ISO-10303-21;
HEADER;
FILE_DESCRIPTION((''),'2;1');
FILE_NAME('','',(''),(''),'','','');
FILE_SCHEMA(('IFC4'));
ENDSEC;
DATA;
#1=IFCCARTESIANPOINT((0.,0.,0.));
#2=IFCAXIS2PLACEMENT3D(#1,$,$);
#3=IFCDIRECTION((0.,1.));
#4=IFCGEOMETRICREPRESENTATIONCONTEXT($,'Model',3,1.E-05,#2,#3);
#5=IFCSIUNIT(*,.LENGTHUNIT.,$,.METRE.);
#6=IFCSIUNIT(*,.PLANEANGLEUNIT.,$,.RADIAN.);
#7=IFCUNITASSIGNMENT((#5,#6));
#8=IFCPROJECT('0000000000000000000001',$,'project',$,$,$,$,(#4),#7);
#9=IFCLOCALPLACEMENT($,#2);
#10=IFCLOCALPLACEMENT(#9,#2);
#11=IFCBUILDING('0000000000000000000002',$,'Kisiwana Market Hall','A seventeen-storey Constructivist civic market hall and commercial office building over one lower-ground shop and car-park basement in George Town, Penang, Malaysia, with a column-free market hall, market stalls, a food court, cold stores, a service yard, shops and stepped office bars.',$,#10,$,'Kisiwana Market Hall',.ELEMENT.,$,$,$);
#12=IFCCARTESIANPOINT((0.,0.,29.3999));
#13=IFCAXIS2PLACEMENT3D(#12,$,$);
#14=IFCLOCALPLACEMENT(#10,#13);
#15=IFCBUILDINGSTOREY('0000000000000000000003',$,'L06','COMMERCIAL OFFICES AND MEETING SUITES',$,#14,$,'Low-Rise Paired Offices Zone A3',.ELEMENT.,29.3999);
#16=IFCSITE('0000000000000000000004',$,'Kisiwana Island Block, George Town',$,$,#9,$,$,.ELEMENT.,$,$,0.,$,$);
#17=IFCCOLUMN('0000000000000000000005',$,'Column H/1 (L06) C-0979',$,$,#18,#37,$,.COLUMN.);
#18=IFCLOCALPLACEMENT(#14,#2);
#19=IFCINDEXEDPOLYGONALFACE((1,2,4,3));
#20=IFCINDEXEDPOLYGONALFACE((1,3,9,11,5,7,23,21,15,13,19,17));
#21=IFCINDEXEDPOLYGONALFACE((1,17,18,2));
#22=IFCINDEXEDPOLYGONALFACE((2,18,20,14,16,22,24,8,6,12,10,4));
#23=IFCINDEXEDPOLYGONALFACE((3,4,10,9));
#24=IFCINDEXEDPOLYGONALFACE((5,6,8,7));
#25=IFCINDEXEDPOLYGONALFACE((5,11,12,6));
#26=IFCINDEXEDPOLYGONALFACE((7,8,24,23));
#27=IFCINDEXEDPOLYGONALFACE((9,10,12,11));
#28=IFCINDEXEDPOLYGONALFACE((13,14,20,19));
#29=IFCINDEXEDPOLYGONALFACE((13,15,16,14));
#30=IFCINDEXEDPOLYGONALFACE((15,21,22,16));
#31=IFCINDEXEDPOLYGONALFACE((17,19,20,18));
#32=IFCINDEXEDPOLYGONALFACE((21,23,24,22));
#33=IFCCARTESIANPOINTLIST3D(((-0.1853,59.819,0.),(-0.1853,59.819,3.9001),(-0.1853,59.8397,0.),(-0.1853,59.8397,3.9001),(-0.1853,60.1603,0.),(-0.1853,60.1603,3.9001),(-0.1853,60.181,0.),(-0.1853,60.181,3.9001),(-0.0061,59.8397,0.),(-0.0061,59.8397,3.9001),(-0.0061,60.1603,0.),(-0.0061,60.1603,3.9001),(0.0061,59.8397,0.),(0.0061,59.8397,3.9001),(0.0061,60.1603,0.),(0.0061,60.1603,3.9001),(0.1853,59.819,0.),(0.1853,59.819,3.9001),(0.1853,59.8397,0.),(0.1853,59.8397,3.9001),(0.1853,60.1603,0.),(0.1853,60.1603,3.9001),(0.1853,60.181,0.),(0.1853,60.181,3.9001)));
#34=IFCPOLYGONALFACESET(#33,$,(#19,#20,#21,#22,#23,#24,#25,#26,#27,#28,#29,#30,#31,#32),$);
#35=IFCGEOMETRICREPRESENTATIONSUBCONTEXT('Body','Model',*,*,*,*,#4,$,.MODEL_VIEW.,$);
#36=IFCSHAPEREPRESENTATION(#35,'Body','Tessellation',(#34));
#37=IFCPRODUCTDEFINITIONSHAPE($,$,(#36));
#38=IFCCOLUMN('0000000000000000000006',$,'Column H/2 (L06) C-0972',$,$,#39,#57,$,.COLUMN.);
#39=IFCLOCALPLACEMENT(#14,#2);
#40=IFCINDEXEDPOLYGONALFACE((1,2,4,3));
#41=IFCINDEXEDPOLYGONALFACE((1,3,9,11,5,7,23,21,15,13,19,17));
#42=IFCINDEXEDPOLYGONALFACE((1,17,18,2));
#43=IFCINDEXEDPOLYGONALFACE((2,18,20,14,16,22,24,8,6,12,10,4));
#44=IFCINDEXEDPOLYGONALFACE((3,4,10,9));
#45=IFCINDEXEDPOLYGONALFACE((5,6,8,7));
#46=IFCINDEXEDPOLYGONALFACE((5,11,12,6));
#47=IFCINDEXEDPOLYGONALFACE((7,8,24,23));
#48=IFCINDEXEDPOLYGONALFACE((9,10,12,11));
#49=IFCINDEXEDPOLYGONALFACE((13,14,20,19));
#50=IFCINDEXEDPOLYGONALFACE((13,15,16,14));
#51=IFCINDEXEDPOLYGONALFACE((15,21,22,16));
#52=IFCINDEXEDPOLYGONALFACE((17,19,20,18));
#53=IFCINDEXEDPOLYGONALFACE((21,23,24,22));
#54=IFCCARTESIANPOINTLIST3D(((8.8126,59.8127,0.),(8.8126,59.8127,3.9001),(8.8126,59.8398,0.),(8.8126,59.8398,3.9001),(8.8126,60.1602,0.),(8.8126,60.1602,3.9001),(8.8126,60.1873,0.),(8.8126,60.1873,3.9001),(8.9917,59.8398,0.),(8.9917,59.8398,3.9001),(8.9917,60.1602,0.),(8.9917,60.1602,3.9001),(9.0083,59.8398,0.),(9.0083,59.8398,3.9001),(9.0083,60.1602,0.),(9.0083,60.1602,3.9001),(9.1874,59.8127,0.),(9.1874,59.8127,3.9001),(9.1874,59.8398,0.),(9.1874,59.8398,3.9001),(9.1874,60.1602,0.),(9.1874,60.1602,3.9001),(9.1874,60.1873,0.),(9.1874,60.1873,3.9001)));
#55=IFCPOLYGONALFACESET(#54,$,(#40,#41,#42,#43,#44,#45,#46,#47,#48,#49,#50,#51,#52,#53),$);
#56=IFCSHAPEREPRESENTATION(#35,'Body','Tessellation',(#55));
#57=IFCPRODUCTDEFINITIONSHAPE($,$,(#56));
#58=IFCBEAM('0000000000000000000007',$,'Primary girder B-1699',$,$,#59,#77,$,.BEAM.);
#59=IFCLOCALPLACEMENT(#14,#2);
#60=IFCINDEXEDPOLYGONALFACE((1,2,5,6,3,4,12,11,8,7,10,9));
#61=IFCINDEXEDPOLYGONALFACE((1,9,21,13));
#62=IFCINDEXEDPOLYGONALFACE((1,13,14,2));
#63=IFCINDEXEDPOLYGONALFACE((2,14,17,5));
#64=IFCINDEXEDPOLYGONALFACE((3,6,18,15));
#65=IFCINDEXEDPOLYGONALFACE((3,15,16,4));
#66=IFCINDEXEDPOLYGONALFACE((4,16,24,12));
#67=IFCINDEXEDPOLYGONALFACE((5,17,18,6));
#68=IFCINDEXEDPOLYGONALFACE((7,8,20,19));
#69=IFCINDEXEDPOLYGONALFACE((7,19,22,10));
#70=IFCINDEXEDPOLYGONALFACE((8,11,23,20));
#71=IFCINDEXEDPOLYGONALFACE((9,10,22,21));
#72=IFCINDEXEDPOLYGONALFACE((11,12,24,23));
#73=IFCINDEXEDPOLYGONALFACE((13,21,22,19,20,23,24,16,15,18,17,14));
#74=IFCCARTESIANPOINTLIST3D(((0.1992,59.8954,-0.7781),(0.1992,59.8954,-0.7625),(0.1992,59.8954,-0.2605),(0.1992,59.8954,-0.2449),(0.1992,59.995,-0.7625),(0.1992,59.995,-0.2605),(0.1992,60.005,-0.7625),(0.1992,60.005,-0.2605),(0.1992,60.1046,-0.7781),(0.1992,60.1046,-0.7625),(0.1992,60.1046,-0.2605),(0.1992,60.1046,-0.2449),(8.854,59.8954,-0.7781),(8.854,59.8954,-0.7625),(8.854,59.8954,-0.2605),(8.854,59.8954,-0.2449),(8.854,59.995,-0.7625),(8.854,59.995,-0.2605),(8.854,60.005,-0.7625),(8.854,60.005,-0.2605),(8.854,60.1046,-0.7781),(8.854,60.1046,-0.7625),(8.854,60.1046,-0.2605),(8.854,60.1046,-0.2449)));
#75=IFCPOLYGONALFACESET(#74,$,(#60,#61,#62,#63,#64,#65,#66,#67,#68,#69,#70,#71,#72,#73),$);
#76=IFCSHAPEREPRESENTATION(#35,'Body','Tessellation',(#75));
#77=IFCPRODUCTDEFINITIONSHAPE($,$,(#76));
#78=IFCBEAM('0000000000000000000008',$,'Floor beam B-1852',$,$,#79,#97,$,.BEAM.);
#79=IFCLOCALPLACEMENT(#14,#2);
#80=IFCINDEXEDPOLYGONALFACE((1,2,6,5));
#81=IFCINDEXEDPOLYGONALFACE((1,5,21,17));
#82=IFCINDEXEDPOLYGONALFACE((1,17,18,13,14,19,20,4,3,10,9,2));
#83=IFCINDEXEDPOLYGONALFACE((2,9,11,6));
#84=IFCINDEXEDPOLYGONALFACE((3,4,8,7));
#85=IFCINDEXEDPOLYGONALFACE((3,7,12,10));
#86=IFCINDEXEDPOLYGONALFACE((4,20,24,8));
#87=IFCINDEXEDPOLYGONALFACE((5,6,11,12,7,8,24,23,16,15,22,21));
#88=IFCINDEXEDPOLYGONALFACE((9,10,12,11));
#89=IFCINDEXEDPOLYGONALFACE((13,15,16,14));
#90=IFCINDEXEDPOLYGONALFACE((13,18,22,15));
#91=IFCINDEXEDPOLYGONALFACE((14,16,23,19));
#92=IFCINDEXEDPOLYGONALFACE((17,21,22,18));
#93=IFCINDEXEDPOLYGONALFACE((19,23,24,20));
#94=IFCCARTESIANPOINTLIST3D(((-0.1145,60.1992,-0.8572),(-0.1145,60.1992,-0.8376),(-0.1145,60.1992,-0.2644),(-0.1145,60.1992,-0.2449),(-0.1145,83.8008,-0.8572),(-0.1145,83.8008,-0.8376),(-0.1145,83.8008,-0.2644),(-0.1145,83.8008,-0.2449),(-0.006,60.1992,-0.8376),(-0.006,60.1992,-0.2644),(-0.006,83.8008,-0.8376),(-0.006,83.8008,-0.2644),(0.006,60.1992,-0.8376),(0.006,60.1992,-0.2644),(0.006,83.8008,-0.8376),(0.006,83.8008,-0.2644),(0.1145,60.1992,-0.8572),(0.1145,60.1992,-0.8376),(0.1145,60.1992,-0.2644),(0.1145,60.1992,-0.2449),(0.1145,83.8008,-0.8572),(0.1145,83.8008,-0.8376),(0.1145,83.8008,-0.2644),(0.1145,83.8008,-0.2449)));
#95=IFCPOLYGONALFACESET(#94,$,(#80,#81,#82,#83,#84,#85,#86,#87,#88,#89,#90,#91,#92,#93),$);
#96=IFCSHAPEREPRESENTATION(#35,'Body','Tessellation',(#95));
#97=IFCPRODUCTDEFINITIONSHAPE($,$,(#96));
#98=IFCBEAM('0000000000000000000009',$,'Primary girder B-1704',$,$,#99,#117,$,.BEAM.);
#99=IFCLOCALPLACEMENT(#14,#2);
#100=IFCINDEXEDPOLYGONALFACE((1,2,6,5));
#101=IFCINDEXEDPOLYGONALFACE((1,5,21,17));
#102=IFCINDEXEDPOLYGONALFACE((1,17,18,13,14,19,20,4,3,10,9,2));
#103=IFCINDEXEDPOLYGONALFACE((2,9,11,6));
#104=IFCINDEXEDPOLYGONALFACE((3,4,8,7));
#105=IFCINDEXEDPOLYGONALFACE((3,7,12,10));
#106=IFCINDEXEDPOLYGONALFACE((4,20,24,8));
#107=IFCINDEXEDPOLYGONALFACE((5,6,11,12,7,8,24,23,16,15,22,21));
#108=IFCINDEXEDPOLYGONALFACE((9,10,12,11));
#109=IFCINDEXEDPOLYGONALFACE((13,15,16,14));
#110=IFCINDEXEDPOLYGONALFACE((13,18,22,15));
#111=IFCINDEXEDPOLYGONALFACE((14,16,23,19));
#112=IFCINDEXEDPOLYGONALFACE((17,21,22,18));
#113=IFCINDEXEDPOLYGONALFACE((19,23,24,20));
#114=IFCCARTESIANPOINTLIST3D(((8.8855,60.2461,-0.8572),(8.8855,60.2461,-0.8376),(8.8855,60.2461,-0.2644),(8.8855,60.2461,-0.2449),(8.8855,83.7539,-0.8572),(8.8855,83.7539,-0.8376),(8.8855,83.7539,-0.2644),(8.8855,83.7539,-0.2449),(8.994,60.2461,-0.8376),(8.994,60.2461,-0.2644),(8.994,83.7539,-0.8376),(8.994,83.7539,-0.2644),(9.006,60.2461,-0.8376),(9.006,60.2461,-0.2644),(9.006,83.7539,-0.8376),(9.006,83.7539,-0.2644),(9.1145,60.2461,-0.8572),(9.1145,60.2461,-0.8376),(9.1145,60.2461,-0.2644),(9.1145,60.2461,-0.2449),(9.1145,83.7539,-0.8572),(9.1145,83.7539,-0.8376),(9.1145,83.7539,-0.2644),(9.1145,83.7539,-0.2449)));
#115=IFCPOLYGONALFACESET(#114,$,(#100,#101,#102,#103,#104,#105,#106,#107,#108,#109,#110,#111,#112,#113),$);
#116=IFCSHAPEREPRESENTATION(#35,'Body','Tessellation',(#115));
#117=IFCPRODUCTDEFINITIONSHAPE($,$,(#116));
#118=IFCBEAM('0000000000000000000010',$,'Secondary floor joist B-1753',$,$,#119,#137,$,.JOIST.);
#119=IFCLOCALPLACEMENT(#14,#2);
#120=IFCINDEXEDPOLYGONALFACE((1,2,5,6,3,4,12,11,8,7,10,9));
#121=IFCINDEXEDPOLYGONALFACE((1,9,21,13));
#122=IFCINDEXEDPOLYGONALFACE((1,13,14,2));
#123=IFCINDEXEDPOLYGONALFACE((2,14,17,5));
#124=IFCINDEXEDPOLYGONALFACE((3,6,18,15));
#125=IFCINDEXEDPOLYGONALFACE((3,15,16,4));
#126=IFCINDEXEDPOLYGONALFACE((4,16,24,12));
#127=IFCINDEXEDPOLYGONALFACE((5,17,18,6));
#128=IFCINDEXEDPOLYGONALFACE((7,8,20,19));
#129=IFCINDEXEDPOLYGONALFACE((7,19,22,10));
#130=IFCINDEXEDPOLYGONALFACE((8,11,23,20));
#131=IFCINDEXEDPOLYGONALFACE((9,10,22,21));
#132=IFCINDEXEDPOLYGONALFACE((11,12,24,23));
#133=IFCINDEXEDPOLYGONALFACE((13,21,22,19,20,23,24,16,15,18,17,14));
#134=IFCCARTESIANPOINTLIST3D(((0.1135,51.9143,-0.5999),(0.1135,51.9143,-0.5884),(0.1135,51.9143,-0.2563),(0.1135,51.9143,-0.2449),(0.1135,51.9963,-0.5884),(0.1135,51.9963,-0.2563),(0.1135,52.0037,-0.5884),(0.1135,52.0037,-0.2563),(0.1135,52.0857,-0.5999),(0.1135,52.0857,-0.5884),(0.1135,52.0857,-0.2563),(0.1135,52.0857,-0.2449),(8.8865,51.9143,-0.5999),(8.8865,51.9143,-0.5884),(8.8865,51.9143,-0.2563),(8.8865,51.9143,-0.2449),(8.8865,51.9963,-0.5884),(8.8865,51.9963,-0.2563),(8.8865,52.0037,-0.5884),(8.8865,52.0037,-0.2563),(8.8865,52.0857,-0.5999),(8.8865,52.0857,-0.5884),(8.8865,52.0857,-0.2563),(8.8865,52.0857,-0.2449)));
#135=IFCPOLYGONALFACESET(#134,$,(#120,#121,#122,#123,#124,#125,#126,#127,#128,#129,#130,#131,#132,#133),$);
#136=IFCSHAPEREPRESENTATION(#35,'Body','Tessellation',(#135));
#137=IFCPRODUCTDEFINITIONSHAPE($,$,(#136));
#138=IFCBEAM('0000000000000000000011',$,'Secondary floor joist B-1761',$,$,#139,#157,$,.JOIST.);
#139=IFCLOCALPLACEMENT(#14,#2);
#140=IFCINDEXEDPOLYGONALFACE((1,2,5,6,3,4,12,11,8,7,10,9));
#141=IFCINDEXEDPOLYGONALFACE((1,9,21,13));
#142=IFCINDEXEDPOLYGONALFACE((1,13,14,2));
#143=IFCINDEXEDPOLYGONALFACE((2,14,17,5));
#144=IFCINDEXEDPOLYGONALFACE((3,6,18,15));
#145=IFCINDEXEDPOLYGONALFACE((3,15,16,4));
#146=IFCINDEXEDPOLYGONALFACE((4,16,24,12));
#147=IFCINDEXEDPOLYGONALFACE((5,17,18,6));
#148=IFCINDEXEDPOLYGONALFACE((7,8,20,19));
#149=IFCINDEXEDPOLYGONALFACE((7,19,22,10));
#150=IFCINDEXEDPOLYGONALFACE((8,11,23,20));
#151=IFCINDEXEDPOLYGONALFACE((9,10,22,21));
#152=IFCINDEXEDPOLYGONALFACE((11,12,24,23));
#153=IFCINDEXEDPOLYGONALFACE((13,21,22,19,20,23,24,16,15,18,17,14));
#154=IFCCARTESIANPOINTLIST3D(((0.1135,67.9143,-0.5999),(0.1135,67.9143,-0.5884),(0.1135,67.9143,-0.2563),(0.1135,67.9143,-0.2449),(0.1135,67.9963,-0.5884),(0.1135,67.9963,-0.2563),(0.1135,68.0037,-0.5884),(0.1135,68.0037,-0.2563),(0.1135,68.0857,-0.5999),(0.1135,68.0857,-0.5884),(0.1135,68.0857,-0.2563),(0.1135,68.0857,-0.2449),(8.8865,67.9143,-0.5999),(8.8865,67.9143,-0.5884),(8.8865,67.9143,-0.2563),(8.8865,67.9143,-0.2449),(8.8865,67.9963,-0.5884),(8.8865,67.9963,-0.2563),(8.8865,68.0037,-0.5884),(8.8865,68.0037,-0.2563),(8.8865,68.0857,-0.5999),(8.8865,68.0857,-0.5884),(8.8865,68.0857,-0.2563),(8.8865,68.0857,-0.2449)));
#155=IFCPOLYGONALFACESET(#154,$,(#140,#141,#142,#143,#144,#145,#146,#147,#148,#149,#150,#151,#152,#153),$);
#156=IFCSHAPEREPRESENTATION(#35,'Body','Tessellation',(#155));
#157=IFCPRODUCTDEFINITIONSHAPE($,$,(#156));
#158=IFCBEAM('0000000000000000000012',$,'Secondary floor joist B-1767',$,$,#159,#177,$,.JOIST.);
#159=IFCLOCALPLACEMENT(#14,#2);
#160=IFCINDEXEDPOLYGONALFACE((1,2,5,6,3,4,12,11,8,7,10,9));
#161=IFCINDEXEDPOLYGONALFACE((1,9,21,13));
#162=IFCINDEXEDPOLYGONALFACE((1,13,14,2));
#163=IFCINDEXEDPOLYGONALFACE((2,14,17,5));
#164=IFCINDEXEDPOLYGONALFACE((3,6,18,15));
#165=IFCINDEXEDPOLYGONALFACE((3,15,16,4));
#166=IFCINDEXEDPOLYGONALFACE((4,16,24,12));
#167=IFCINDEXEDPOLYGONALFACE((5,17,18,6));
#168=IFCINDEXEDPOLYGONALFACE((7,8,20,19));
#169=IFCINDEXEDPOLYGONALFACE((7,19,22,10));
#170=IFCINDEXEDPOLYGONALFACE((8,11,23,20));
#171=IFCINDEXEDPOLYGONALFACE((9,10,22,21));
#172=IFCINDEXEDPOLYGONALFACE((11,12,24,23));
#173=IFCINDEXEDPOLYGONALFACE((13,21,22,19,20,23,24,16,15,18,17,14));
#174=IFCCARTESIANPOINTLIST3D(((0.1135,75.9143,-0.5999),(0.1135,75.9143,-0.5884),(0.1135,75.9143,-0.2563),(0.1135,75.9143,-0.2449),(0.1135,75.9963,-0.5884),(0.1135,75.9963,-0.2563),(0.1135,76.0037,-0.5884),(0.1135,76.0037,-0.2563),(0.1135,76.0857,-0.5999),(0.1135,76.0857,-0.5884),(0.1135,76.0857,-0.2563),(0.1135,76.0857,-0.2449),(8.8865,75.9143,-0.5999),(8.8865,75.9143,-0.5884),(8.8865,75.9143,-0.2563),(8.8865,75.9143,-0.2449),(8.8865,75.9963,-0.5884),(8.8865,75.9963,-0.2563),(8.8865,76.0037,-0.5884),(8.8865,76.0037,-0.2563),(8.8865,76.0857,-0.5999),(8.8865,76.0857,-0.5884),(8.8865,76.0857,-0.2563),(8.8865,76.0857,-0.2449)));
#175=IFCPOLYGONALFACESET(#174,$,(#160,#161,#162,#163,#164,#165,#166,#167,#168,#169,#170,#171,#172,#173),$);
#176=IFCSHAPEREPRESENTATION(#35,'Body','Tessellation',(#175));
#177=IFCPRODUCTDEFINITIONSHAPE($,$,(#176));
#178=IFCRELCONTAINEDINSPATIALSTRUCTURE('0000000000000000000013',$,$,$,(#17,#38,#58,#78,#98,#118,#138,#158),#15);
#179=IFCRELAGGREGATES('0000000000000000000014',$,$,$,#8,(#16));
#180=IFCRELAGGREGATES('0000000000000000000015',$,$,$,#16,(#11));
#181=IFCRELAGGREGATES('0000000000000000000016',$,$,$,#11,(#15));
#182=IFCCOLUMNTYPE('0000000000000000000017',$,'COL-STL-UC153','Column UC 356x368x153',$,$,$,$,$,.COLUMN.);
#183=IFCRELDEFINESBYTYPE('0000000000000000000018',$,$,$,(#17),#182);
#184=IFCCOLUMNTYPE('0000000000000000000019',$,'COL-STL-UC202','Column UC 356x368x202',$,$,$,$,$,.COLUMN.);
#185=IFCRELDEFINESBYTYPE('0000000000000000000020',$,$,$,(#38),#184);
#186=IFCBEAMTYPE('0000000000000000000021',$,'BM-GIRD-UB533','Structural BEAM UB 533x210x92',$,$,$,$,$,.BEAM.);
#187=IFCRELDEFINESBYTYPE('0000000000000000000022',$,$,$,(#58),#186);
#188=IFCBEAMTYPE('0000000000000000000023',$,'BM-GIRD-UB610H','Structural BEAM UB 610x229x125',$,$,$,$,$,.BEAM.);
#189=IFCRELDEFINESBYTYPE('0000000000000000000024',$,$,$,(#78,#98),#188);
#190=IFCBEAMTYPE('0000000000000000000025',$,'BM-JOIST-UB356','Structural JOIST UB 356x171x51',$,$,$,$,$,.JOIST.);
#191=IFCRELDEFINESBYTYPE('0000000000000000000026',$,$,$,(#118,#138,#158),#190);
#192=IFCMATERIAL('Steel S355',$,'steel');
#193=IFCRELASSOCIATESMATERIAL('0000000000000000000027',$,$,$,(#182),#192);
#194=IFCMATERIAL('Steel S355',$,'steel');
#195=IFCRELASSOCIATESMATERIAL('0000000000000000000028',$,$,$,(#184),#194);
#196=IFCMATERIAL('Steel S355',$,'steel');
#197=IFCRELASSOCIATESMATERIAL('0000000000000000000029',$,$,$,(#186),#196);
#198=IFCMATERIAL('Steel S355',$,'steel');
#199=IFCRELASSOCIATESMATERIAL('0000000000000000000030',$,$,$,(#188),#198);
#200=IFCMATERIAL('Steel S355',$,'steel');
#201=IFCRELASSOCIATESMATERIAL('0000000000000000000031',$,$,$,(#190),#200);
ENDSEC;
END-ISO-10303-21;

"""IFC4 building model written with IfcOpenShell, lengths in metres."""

from ifc_helpers import new_model, si_unit, direction, frame, origin, origin_2d, place, context, subcontext, project, spatial, i_section, extrude, material, material_profile, profile_set, type_object, element, save


model = new_model("IFC4")

# Units and contexts
model_context = context("Model", 3, precision=1e-05, world=origin(), true_north=direction((0.0, 1.0)))
body_context = subcontext(model_context, "Body", "Model", "MODEL_VIEW")
ifc_project = project(units=[si_unit("LENGTHUNIT", "METRE"), si_unit("PLANEANGLEUNIT", "RADIAN")], contexts=[model_context])

# Site, building, storey
site_placement = place(None, origin())
site = spatial("IfcSite", under=ifc_project, at=site_placement, Name="Kisiwana Island Block, George Town", CompositionType="ELEMENT", RefElevation=0.0)
building_placement = place(site_placement, origin())
building = spatial("IfcBuilding", under=site, at=building_placement, Name="Kisiwana Market Hall", Description="A seventeen-storey Constructivist civic market hall and commercial office building over one lower-ground shop and car-park basement in George Town, Penang, Malaysia, with a column-free market hall, market stalls, a food court, cold stores, a service yard, shops and stepped office bars.", LongName="Kisiwana Market Hall", CompositionType="ELEMENT")
storey_placement = place(building_placement, frame((0.0, 0.0, 29.3999)))
storey = spatial("IfcBuildingStorey", under=building, at=storey_placement, Name="L06", Description="COMMERCIAL OFFICES AND MEETING SUITES", LongName="Low-Rise Paired Offices Zone A3", CompositionType="ELEMENT", Elevation=29.3999)

# Columns
ifc_material_1 = material(Name="Steel S355", Category="steel")
ifc_material_profile_1 = material_profile(ifc_material_1, i_section(OverallWidth=0.3706, OverallDepth=0.3621, WebThickness=0.0122, FlangeThickness=0.0208, at=origin_2d()), Name="UC 356x368x153")
ifc_profile_set_1 = profile_set([ifc_material_profile_1], Name="Steel S355")
column_type_1 = type_object("IfcColumnType", Name="COL-STL-UC153", Description="Column UC 356x368x153", PredefinedType="COLUMN", material=ifc_profile_set_1)
column_1_placement = place(storey_placement, frame((0.0, 60.0, 0.0), z_axis=(0.0, 0.0, 1.0), x_axis=(1.0, 0.0, 0.0)))
element("IfcColumn", 1, at=column_1_placement, inside=storey, type_object=column_type_1, Name="Column H/1 (L06) C-0979", PredefinedType="COLUMN", context=body_context, shape_type="SweptSolid", body=[
    extrude(i_section(OverallWidth=0.3706, OverallDepth=0.3621, WebThickness=0.0122, FlangeThickness=0.0208, at=origin_2d()), origin(), (0.0, 0.0, 1.0), 3.9001),
])
ifc_material_2 = material(Name="Steel S355", Category="steel")
ifc_material_profile_2 = material_profile(ifc_material_2, i_section(OverallWidth=0.3748, OverallDepth=0.3745, WebThickness=0.0166, FlangeThickness=0.0271, at=origin_2d()), Name="UC 356x368x202")
ifc_profile_set_2 = profile_set([ifc_material_profile_2], Name="Steel S355")
column_type_2 = type_object("IfcColumnType", Name="COL-STL-UC202", Description="Column UC 356x368x202", PredefinedType="COLUMN", material=ifc_profile_set_2)
column_2_placement = place(storey_placement, frame((9.0, 60.0, 0.0), z_axis=(0.0, 0.0, 1.0), x_axis=(1.0, 0.0, 0.0)))
element("IfcColumn", 2, at=column_2_placement, inside=storey, type_object=column_type_2, Name="Column H/2 (L06) C-0972", PredefinedType="COLUMN", context=body_context, shape_type="SweptSolid", body=[
    extrude(i_section(OverallWidth=0.3748, OverallDepth=0.3745, WebThickness=0.0166, FlangeThickness=0.0271, at=origin_2d()), origin(), (0.0, 0.0, 1.0), 3.9001),
])

# Beams
ifc_material_3 = material(Name="Steel S355", Category="steel")
ifc_material_profile_3 = material_profile(ifc_material_3, i_section(OverallWidth=0.2092, OverallDepth=0.5332, WebThickness=0.01, FlangeThickness=0.0156, at=origin_2d()), Name="UB 533x210x92")
ifc_profile_set_3 = profile_set([ifc_material_profile_3], Name="Steel S355")
beam_type_1 = type_object("IfcBeamType", Name="BM-GIRD-UB533", Description="Structural BEAM UB 533x210x92", PredefinedType="BEAM", material=ifc_profile_set_3)
beam_1_placement = place(storey_placement, frame((0.1992, 60.0, -0.5115), z_axis=(1.0, 0.0, 0.0), x_axis=(0.0, 1.0, 0.0)))
element("IfcBeam", 3, at=beam_1_placement, inside=storey, type_object=beam_type_1, Name="Primary girder B-1699", PredefinedType="BEAM", context=body_context, shape_type="SweptSolid", body=[
    extrude(i_section(OverallWidth=0.2092, OverallDepth=0.5332, WebThickness=0.01, FlangeThickness=0.0156, at=origin_2d()), origin(), (0.0, 0.0, 1.0), 8.6548),
])
ifc_material_4 = material(Name="Steel S355", Category="steel")
ifc_material_profile_4 = material_profile(ifc_material_4, i_section(OverallWidth=0.229, OverallDepth=0.6123, WebThickness=0.012, FlangeThickness=0.0195, at=origin_2d()), Name="UB 610x229x125")
ifc_profile_set_4 = profile_set([ifc_material_profile_4], Name="Steel S355")
beam_type_2 = type_object("IfcBeamType", Name="BM-GIRD-UB610H", Description="Structural BEAM UB 610x229x125", PredefinedType="BEAM", material=ifc_profile_set_4)
beam_2_placement = place(storey_placement, frame((0.0, 60.1992, -0.551), z_axis=(0.0, 1.0, 0.0), x_axis=(-1.0, 0.0, 0.0)))
element("IfcBeam", 4, at=beam_2_placement, inside=storey, type_object=beam_type_2, Name="Floor beam B-1852", PredefinedType="BEAM", context=body_context, shape_type="SweptSolid", body=[
    extrude(i_section(OverallWidth=0.229, OverallDepth=0.6123, WebThickness=0.012, FlangeThickness=0.0195, at=origin_2d()), origin(), (0.0, 0.0, 1.0), 23.6016),
])
beam_3_placement = place(storey_placement, frame((9.0, 60.2461, -0.551), z_axis=(0.0, 1.0, 0.0), x_axis=(-1.0, 0.0, 0.0)))
element("IfcBeam", 5, at=beam_3_placement, inside=storey, type_object=beam_type_2, Name="Primary girder B-1704", PredefinedType="BEAM", context=body_context, shape_type="SweptSolid", body=[
    extrude(i_section(OverallWidth=0.229, OverallDepth=0.6123, WebThickness=0.012, FlangeThickness=0.0195, at=origin_2d()), origin(), (0.0, 0.0, 1.0), 23.5078),
])
ifc_material_5 = material(Name="Steel S355", Category="steel")
ifc_material_profile_5 = material_profile(ifc_material_5, i_section(OverallWidth=0.1714, OverallDepth=0.355, WebThickness=0.0073, FlangeThickness=0.0115, at=origin_2d()), Name="UB 356x171x51")
ifc_profile_set_5 = profile_set([ifc_material_profile_5], Name="Steel S355")
beam_type_3 = type_object("IfcBeamType", Name="BM-JOIST-UB356", Description="Structural JOIST UB 356x171x51", PredefinedType="JOIST", material=ifc_profile_set_5)
for number, where, z_axis, x_axis, name in (
    (6, (0.1135, 52.0, -0.4224), (1.0, 0.0, 0.0), (0.0, 1.0, 0.0), "Secondary floor joist B-1753"),
    (7, (0.1135, 68.0, -0.4224), (1.0, 0.0, 0.0), (0.0, 1.0, 0.0), "Secondary floor joist B-1761"),
    (8, (0.1135, 76.0, -0.4224), (1.0, 0.0, 0.0), (0.0, 1.0, 0.0), "Secondary floor joist B-1767"),
):
    element("IfcBeam", number, at=place(storey_placement, frame(where, z_axis=z_axis, x_axis=x_axis)), inside=storey, type_object=beam_type_3, Name=name, PredefinedType="JOIST", context=body_context, shape_type="SweptSolid", body=[
        extrude(i_section(OverallWidth=0.1714, OverallDepth=0.355, WebThickness=0.0073, FlangeThickness=0.0115, at=origin_2d()), origin(), (0.0, 0.0, 1.0), 8.7729),
    ])

save(model, "model.ifc")
